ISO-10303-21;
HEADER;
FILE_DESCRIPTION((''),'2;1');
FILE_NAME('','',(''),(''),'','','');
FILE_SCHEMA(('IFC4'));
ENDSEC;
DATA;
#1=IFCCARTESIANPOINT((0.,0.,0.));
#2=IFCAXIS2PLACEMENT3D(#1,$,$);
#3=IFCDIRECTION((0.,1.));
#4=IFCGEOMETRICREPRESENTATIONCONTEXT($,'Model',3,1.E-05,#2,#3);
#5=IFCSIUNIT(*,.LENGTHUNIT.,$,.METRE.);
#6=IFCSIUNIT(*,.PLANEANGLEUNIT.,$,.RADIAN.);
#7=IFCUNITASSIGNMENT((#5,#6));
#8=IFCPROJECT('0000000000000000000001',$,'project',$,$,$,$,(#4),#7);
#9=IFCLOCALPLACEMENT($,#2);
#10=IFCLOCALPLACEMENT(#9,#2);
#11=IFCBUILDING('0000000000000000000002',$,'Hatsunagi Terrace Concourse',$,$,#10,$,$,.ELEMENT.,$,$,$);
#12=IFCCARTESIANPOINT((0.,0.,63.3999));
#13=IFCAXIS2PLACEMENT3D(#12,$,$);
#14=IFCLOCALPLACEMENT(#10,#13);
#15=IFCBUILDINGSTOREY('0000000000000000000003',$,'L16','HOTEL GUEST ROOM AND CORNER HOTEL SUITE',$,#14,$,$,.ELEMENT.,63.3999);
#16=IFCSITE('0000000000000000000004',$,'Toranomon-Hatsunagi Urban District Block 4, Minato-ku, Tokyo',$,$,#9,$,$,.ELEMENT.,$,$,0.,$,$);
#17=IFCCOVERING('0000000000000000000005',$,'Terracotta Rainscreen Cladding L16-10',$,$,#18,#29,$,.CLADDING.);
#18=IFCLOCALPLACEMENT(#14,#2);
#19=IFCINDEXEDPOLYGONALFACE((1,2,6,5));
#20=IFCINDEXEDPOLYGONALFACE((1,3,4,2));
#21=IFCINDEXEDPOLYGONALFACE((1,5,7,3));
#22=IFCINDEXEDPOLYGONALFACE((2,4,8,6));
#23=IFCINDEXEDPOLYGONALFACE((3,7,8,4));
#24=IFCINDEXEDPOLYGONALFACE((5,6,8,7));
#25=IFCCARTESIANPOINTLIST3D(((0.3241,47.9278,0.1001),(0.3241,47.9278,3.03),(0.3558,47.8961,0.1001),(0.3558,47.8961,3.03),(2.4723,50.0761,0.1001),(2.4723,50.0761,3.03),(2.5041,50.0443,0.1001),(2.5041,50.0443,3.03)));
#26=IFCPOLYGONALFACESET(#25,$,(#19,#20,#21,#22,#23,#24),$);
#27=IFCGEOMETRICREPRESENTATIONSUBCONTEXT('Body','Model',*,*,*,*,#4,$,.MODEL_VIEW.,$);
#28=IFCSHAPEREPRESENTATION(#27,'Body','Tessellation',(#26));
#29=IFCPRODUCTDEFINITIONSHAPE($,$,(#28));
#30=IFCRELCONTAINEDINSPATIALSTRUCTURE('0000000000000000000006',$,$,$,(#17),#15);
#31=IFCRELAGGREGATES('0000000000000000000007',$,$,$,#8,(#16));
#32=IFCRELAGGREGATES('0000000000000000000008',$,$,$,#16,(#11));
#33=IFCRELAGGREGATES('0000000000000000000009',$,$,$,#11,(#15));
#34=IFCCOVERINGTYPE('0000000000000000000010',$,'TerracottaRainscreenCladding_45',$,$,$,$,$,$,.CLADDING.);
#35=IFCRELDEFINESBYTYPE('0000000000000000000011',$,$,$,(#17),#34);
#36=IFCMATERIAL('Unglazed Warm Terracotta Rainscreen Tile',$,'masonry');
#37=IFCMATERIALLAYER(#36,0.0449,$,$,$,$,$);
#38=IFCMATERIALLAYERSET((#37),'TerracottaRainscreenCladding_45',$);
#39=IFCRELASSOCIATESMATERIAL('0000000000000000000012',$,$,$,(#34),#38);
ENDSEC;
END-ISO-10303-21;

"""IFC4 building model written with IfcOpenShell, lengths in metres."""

from ifc_helpers import new_model, si_unit, direction, frame, origin, origin_2d, place, context, subcontext, project, spatial, rectangle, extrude, material, layer, layer_set, type_object, element, save


model = new_model("IFC4")

# Units and contexts
model_context = context("Model", 3, precision=1e-05, world=origin(), true_north=direction((0.0, 1.0)))
body_context = subcontext(model_context, "Body", "Model", "MODEL_VIEW")
ifc_project = project(units=[si_unit("LENGTHUNIT", "METRE"), si_unit("PLANEANGLEUNIT", "RADIAN")], contexts=[model_context])

# Site, building, storey
site_placement = place(None, origin())
site = spatial("IfcSite", under=ifc_project, at=site_placement, Name="Toranomon-Hatsunagi Urban District Block 4, Minato-ku, Tokyo", CompositionType="ELEMENT", RefElevation=0.0)
building_placement = place(site_placement, origin())
building = spatial("IfcBuilding", under=site, at=building_placement, Name="Hatsunagi Terrace Concourse", CompositionType="ELEMENT")
storey_placement = place(building_placement, frame((0.0, 0.0, 63.3999)))
storey = spatial("IfcBuildingStorey", under=building, at=storey_placement, Name="L16", Description="HOTEL GUEST ROOM AND CORNER HOTEL SUITE", CompositionType="ELEMENT", Elevation=63.3999)

# Covering
ifc_material_1 = material(Name="Unglazed Warm Terracotta Rainscreen Tile", Category="masonry")
ifc_layer_1 = layer(ifc_material_1, 0.0449)
ifc_layer_set_1 = layer_set([ifc_layer_1], Name="TerracottaRainscreenCladding_45")
covering_type = type_object("IfcCoveringType", Name="TerracottaRainscreenCladding_45", PredefinedType="CLADDING", material=ifc_layer_set_1)
covering_placement = place(storey_placement, frame((1.4141, 48.9861, 0.1001), z_axis=(0.0, 0.0, 1.0), x_axis=(0.707107, 0.707107, 0.0)))
element("IfcCovering", 1, at=covering_placement, inside=storey, type_object=covering_type, Name="Terracotta Rainscreen Cladding L16-10", PredefinedType="CLADDING", context=body_context, shape_type="SweptSolid", body=[
    extrude(rectangle(XDim=3.0381, YDim=0.0449, at=origin_2d()), origin(), (0.0, 0.0, 1.0), 2.9299),
])

save(model, "model.ifc")
